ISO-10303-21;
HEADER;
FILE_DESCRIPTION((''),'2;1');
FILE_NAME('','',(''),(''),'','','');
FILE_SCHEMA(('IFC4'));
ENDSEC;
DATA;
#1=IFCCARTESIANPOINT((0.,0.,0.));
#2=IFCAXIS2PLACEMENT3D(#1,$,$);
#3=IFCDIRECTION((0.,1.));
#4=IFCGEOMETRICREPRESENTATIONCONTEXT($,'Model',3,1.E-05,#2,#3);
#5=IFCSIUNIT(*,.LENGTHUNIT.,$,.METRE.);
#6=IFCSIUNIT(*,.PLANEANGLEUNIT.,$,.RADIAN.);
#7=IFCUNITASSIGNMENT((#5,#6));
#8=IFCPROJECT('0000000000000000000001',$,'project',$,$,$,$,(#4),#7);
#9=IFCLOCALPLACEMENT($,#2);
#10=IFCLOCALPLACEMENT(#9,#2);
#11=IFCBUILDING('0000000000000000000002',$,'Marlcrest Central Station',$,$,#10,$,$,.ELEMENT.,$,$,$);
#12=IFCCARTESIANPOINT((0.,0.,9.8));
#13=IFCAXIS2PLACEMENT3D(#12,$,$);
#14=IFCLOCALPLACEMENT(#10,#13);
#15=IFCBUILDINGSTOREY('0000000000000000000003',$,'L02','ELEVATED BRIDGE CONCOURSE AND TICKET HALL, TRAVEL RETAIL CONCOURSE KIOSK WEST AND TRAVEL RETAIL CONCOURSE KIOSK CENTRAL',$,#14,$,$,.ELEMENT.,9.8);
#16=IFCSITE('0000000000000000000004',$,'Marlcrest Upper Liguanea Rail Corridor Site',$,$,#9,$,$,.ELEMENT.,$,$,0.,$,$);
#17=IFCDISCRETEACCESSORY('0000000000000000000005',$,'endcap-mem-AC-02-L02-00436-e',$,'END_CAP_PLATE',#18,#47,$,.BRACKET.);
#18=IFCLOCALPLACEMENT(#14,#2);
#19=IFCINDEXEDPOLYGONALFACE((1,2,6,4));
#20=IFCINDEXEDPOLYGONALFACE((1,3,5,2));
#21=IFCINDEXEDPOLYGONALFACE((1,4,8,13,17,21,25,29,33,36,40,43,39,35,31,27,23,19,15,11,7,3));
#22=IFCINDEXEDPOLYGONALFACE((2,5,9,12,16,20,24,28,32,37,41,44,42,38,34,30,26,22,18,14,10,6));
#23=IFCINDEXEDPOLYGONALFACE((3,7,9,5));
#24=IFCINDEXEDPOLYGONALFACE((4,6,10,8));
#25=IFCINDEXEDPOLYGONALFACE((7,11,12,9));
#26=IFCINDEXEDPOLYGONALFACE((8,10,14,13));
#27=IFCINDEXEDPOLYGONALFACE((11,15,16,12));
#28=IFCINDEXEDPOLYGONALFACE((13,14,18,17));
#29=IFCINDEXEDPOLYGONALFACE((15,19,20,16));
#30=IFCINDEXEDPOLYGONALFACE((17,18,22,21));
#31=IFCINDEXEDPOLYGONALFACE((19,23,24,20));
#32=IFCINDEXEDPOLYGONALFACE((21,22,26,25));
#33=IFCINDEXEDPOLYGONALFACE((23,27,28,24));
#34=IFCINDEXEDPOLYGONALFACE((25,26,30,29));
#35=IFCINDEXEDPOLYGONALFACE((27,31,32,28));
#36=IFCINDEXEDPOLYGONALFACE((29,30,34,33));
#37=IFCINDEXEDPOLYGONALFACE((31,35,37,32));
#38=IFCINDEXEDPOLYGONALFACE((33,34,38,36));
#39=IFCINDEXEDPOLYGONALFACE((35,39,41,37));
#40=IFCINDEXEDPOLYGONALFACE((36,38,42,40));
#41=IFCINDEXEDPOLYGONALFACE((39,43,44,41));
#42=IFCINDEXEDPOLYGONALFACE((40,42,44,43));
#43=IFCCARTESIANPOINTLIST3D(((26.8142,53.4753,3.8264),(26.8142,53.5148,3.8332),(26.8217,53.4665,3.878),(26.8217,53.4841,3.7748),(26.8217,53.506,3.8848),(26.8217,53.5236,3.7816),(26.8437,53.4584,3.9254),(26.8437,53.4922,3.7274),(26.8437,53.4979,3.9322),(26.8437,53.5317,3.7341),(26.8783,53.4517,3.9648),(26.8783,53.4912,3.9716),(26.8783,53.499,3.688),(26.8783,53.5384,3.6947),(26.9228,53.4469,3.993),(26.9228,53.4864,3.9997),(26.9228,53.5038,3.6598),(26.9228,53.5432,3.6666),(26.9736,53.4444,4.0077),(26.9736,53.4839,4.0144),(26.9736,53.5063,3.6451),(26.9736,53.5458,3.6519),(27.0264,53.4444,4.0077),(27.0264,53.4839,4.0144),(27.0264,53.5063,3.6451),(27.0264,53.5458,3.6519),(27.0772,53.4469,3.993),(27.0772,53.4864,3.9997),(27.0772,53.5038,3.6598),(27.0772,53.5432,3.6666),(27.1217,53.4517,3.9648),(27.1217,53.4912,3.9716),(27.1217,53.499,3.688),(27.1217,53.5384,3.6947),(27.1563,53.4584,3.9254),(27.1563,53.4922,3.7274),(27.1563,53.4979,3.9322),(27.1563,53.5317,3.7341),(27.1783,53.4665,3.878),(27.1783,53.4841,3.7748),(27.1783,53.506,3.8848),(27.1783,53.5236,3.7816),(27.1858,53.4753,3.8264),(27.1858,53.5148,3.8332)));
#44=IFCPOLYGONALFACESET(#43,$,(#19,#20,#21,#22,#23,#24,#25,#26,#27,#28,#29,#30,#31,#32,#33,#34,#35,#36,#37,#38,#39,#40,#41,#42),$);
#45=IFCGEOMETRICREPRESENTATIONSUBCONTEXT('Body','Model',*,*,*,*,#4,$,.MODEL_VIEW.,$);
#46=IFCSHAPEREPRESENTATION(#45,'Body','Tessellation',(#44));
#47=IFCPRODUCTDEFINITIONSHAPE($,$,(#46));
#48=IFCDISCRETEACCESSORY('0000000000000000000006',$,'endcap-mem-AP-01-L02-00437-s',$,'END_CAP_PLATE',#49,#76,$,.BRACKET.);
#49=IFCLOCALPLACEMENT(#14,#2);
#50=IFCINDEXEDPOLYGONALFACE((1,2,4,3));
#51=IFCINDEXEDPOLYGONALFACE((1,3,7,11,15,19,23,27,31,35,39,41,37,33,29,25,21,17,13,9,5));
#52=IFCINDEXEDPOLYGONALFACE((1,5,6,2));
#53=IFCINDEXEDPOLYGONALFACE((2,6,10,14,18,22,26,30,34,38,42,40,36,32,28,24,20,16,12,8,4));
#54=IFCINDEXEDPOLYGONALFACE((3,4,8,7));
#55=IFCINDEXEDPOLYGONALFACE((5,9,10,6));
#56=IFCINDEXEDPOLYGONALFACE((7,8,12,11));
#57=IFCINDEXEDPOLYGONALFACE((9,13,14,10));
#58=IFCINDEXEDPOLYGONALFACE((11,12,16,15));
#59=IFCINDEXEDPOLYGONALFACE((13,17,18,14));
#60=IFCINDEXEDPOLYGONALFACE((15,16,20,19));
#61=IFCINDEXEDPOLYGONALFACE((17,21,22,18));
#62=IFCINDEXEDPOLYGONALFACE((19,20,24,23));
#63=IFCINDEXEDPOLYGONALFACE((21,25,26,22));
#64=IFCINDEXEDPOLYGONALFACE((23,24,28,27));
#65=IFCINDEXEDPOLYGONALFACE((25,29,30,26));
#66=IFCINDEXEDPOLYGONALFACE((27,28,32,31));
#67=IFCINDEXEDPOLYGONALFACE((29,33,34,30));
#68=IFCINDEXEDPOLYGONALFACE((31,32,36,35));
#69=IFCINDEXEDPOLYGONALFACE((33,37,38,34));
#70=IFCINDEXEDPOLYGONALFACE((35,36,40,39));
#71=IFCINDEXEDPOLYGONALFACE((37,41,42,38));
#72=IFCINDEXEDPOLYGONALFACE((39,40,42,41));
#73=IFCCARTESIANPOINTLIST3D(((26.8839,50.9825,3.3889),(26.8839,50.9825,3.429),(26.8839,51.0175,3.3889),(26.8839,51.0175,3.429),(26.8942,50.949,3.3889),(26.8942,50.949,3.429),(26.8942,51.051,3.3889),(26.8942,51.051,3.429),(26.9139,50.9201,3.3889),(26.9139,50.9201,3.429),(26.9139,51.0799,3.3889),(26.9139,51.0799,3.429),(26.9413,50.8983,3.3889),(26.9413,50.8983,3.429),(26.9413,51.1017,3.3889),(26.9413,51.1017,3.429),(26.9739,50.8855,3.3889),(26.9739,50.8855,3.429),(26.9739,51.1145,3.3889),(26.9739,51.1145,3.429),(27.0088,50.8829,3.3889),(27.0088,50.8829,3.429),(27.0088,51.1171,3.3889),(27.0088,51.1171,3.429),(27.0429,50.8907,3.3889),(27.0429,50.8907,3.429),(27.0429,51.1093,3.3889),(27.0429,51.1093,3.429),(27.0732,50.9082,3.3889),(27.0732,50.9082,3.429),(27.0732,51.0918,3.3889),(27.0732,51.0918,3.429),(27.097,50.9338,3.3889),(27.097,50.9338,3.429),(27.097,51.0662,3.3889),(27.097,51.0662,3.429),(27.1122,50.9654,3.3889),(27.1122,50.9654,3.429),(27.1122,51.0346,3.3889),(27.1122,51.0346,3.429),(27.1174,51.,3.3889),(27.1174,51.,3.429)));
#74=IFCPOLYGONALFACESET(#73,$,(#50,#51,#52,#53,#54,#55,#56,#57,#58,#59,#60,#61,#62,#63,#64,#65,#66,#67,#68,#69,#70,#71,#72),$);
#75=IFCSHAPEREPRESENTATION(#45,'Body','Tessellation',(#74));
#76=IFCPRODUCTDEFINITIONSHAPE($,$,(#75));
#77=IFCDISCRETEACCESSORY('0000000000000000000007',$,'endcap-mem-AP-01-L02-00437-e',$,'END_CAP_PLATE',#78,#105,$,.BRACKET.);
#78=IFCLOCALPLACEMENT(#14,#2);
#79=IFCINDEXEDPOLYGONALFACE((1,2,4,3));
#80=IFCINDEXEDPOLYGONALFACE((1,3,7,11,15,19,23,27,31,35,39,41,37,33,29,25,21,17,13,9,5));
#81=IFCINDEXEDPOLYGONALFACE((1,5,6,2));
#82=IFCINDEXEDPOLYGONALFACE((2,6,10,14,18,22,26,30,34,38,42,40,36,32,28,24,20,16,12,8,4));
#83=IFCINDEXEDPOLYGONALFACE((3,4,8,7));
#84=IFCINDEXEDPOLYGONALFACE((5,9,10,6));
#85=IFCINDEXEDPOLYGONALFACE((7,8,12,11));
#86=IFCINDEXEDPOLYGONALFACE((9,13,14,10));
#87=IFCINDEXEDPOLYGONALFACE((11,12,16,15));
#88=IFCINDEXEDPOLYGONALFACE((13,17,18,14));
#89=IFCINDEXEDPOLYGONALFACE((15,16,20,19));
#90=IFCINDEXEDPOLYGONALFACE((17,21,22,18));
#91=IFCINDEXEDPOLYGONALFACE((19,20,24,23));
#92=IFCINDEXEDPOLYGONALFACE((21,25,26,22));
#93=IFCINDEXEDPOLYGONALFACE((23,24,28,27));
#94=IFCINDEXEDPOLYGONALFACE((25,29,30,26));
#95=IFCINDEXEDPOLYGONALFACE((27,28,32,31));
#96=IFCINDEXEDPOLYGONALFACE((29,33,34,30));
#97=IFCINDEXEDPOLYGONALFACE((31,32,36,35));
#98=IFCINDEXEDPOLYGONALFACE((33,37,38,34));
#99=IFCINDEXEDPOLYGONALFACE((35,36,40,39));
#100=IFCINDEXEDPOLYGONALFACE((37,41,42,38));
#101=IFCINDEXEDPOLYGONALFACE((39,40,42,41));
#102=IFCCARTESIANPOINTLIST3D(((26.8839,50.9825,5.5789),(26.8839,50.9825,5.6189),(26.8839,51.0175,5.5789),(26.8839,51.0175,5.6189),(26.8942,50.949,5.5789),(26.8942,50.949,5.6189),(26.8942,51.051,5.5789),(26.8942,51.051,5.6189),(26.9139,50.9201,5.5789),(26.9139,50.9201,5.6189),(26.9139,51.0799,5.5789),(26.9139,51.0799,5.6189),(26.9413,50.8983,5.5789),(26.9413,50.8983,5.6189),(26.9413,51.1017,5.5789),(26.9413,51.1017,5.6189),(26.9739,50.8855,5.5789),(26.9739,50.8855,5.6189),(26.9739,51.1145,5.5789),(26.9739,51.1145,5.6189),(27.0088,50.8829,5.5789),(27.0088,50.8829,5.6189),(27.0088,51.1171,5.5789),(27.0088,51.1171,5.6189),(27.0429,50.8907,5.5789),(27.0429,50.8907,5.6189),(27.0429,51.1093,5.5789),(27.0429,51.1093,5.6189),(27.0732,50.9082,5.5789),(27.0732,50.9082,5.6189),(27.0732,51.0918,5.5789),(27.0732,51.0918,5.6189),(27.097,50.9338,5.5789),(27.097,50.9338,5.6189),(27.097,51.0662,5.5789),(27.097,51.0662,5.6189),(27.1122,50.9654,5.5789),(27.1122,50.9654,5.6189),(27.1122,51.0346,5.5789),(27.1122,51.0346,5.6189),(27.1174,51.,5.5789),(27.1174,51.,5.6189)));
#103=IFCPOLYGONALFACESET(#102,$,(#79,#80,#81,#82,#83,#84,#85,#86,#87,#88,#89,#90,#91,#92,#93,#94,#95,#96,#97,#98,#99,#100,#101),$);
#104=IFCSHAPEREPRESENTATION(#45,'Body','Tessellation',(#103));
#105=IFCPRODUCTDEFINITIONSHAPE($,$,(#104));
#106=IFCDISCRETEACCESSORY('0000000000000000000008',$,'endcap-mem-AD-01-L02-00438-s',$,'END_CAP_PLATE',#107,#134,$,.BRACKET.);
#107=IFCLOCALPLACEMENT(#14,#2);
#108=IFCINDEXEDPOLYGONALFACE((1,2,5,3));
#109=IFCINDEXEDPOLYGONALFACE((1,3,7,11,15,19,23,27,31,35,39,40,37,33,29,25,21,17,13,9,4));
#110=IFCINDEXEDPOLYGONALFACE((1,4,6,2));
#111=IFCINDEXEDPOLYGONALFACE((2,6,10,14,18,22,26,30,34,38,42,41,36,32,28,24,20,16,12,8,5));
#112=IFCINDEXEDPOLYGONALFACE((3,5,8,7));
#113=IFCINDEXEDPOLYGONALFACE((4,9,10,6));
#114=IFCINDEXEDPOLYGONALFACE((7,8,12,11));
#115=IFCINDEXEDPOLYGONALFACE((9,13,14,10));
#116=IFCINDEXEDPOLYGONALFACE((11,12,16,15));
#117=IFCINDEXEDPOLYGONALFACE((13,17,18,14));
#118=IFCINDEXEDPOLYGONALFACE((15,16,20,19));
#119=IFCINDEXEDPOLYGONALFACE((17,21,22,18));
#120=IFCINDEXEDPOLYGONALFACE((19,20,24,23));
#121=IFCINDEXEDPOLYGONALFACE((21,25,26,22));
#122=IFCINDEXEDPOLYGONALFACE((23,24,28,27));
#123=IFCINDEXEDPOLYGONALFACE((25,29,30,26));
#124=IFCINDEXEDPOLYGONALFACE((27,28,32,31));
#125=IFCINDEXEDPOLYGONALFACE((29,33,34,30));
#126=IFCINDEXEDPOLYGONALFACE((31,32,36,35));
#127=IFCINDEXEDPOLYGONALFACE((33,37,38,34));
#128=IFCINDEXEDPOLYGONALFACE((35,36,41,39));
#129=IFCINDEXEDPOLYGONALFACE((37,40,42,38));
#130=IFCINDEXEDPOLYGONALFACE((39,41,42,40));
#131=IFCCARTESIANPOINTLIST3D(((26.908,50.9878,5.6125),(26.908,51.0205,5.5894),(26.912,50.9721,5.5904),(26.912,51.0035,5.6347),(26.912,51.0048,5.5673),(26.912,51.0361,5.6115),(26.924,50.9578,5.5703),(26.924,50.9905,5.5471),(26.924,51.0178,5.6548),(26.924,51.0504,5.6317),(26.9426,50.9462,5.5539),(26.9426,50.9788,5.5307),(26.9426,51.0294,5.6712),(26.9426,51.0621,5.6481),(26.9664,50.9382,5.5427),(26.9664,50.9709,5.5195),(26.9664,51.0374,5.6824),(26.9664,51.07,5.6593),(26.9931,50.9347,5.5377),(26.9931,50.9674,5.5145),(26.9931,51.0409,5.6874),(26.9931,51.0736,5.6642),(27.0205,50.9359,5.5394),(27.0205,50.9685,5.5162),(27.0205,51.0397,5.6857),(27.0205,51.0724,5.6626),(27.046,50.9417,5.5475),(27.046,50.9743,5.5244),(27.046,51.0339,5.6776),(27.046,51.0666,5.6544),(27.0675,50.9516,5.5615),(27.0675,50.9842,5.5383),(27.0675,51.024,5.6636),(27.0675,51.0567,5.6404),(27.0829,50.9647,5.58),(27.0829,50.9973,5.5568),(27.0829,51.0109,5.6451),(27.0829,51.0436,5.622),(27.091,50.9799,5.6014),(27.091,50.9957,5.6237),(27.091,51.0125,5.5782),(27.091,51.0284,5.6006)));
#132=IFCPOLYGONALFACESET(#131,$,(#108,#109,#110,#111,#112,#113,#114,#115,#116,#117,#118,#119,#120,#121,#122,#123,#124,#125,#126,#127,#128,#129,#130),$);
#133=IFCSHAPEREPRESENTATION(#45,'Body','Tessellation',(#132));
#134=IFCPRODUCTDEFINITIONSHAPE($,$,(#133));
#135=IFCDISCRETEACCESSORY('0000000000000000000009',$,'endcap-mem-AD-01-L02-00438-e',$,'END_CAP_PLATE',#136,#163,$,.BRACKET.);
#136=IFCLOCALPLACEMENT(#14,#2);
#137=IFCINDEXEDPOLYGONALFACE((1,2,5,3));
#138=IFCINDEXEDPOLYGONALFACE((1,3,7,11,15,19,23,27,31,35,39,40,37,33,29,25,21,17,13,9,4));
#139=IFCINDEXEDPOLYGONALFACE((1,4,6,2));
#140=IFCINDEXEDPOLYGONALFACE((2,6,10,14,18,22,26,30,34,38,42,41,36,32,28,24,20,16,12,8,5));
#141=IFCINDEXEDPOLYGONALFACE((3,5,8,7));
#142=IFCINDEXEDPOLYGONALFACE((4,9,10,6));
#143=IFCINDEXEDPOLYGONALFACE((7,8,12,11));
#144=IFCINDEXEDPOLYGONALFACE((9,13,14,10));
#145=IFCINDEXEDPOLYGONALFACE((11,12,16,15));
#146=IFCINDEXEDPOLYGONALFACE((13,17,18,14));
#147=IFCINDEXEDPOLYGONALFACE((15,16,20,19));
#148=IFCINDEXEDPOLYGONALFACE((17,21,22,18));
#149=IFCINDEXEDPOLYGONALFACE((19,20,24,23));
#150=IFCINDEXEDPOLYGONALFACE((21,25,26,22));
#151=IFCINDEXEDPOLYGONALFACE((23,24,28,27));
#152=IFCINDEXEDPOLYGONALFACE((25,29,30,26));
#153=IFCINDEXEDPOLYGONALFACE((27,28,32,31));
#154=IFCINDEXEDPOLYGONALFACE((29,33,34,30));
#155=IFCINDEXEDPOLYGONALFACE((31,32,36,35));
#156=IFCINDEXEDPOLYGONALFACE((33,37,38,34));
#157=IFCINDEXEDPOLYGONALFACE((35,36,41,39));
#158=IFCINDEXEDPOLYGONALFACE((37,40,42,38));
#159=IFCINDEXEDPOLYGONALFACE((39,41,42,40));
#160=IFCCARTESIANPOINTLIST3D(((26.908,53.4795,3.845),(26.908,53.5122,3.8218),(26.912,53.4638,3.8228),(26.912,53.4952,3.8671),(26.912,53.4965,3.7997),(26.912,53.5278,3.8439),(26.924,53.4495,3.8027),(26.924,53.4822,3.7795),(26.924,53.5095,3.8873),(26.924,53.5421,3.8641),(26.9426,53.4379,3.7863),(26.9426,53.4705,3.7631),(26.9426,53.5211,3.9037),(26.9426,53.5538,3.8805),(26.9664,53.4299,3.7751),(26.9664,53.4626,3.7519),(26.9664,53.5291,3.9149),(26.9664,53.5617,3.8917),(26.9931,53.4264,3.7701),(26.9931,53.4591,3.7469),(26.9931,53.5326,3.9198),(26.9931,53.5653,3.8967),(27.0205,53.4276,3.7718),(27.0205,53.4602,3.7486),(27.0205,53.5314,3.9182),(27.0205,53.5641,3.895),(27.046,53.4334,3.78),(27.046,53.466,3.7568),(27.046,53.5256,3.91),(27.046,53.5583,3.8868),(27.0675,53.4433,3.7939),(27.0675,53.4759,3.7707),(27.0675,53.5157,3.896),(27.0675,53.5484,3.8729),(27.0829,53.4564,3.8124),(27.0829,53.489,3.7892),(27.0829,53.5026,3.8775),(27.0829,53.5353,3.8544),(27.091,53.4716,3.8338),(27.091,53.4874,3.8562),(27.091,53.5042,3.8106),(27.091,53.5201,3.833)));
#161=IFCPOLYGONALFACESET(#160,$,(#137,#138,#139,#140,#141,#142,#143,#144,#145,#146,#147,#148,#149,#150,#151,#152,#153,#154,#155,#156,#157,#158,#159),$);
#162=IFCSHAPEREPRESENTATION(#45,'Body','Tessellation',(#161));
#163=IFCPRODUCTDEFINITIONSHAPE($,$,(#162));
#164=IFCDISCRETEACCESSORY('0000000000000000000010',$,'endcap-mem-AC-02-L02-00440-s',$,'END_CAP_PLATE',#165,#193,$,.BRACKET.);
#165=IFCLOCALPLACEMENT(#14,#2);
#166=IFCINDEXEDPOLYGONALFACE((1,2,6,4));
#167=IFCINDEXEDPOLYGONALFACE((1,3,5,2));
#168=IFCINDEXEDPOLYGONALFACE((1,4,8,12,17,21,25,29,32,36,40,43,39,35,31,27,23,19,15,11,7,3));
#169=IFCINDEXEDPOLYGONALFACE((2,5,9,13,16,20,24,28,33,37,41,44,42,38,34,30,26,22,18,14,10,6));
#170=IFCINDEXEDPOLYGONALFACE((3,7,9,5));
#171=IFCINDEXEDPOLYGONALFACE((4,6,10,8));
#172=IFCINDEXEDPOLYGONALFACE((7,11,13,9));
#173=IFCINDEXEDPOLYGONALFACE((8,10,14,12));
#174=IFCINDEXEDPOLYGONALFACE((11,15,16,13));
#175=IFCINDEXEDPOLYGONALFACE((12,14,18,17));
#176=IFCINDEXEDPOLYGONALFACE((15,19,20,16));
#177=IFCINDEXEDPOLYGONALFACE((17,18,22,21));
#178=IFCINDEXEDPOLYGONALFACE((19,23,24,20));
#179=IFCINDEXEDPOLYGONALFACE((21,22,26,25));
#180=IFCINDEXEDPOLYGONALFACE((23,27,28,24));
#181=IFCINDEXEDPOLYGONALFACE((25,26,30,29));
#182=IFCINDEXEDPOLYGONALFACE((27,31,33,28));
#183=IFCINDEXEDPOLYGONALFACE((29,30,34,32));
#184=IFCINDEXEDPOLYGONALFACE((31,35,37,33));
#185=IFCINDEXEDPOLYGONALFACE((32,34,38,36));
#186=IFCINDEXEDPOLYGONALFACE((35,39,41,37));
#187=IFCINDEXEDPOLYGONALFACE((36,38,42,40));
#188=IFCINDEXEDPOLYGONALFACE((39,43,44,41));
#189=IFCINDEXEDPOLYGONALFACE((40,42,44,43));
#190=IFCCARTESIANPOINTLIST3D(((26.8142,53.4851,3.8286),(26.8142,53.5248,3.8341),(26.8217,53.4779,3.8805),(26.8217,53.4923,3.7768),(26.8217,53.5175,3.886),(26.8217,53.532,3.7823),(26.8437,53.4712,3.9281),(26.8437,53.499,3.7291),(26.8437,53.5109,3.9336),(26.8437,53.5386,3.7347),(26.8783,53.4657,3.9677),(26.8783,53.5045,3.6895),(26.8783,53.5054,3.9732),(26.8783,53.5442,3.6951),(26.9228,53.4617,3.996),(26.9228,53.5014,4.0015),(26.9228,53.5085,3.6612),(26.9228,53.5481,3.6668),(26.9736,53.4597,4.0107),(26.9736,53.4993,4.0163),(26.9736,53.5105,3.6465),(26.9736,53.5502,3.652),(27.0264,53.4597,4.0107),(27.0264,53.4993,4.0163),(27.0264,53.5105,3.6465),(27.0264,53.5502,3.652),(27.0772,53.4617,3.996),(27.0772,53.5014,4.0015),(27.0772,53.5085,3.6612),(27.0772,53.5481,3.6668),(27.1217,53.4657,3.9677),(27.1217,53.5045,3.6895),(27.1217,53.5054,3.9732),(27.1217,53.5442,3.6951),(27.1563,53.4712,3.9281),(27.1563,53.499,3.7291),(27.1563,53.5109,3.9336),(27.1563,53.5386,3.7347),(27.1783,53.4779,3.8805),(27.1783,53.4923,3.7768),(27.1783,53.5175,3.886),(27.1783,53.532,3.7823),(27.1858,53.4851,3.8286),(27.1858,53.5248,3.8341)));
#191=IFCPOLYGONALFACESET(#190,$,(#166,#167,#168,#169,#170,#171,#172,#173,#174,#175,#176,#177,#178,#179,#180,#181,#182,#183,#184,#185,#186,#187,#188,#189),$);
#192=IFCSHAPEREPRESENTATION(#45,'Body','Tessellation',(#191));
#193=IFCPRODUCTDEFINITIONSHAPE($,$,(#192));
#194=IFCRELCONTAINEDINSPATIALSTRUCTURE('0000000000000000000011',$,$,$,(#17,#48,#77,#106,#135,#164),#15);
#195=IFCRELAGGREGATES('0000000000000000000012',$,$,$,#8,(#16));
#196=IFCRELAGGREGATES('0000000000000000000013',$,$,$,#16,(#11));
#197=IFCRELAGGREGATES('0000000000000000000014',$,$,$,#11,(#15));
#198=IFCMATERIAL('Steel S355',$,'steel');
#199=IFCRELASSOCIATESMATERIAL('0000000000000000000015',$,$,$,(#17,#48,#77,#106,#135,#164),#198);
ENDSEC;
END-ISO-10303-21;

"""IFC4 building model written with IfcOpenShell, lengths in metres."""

from ifc_helpers import new_model, si_unit, direction, frame, origin, origin_2d, place, context, subcontext, project, spatial, circle, extrude, material, element, save


model = new_model("IFC4")

# Units and contexts
model_context = context("Model", 3, precision=1e-05, world=origin(), true_north=direction((0.0, 1.0)))
body_context = subcontext(model_context, "Body", "Model", "MODEL_VIEW")
ifc_project = project(units=[si_unit("LENGTHUNIT", "METRE"), si_unit("PLANEANGLEUNIT", "RADIAN")], contexts=[model_context])

# Site, building, storey
site_placement = place(None, origin())
site = spatial("IfcSite", under=ifc_project, at=site_placement, Name="Marlcrest Upper Liguanea Rail Corridor Site", CompositionType="ELEMENT", RefElevation=0.0)
building_placement = place(site_placement, origin())
building = spatial("IfcBuilding", under=site, at=building_placement, Name="Marlcrest Central Station", CompositionType="ELEMENT")
storey_placement = place(building_placement, frame((0.0, 0.0, 9.8)))
storey = spatial("IfcBuildingStorey", under=building, at=storey_placement, Name="L02", Description="ELEVATED BRIDGE CONCOURSE AND TICKET HALL, TRAVEL RETAIL CONCOURSE KIOSK WEST AND TRAVEL RETAIL CONCOURSE KIOSK CENTRAL", CompositionType="ELEMENT", Elevation=9.8)

# Shared definitions
ifc_material = material(Name="Steel S355", Category="steel")

# Discrete accessories
for number, where, z_axis, x_axis, name in (
    (1, (27.0, 53.4753, 3.8264), (0.0, 0.985741, 0.168269), (-1.0, 0.0, 0.0), "endcap-mem-AC-02-L02-00436-e"),
):
    element("IfcDiscreteAccessory", number, at=place(storey_placement, frame(where, z_axis=z_axis, x_axis=x_axis)), inside=storey, material=ifc_material, Name=name, ObjectType="END_CAP_PLATE", PredefinedType="BRACKET", context=body_context, shape_type="SweptSolid", body=[
        extrude(circle(Radius=0.1858, at=origin_2d()), origin(), (0.0, 0.0, 1.0), 0.04),
    ])
for number, where, z_axis, x_axis, name in (
    (2, (27.0, 51.0, 3.3889), (0.0, 0.0, 1.0), (1.0, 0.0, 0.0), "endcap-mem-AP-01-L02-00437-s"),
    (3, (27.0, 51.0, 5.5789), (0.0, 0.0, 1.0), (1.0, 0.0, 0.0), "endcap-mem-AP-01-L02-00437-e"),
):
    element("IfcDiscreteAccessory", number, at=place(storey_placement, frame(where, z_axis=z_axis, x_axis=x_axis)), inside=storey, material=ifc_material, Name=name, ObjectType="END_CAP_PLATE", PredefinedType="BRACKET", context=body_context, shape_type="SweptSolid", body=[
        extrude(circle(Radius=0.1174, at=origin_2d()), origin(), (0.0, 0.0, 1.0), 0.04),
    ])
for number, where, z_axis, x_axis, name in (
    (4, (27.0, 50.9878, 5.6125), (0.0, 0.815661, -0.57853), (-1.0, 0.0, 0.0), "endcap-mem-AD-01-L02-00438-s"),
    (5, (27.0, 53.4795, 3.845), (0.0, 0.815661, -0.57853), (-1.0, 0.0, 0.0), "endcap-mem-AD-01-L02-00438-e"),
):
    element("IfcDiscreteAccessory", number, at=place(storey_placement, frame(where, z_axis=z_axis, x_axis=x_axis)), inside=storey, material=ifc_material, Name=name, ObjectType="END_CAP_PLATE", PredefinedType="BRACKET", context=body_context, shape_type="SweptSolid", body=[
        extrude(circle(Radius=0.092, at=origin_2d()), origin(), (0.0, 0.0, 1.0), 0.04),
    ])
for number, where, z_axis, x_axis, name in (
    (6, (27.0, 53.4851, 3.8286), (0.0, 0.990403, 0.138211), (-1.0, 0.0, 0.0), "endcap-mem-AC-02-L02-00440-s"),
):
    element("IfcDiscreteAccessory", number, at=place(storey_placement, frame(where, z_axis=z_axis, x_axis=x_axis)), inside=storey, material=ifc_material, Name=name, ObjectType="END_CAP_PLATE", PredefinedType="BRACKET", context=body_context, shape_type="SweptSolid", body=[
        extrude(circle(Radius=0.1858, at=origin_2d()), origin(), (0.0, 0.0, 1.0), 0.04),
    ])

save(model, "model.ifc")
